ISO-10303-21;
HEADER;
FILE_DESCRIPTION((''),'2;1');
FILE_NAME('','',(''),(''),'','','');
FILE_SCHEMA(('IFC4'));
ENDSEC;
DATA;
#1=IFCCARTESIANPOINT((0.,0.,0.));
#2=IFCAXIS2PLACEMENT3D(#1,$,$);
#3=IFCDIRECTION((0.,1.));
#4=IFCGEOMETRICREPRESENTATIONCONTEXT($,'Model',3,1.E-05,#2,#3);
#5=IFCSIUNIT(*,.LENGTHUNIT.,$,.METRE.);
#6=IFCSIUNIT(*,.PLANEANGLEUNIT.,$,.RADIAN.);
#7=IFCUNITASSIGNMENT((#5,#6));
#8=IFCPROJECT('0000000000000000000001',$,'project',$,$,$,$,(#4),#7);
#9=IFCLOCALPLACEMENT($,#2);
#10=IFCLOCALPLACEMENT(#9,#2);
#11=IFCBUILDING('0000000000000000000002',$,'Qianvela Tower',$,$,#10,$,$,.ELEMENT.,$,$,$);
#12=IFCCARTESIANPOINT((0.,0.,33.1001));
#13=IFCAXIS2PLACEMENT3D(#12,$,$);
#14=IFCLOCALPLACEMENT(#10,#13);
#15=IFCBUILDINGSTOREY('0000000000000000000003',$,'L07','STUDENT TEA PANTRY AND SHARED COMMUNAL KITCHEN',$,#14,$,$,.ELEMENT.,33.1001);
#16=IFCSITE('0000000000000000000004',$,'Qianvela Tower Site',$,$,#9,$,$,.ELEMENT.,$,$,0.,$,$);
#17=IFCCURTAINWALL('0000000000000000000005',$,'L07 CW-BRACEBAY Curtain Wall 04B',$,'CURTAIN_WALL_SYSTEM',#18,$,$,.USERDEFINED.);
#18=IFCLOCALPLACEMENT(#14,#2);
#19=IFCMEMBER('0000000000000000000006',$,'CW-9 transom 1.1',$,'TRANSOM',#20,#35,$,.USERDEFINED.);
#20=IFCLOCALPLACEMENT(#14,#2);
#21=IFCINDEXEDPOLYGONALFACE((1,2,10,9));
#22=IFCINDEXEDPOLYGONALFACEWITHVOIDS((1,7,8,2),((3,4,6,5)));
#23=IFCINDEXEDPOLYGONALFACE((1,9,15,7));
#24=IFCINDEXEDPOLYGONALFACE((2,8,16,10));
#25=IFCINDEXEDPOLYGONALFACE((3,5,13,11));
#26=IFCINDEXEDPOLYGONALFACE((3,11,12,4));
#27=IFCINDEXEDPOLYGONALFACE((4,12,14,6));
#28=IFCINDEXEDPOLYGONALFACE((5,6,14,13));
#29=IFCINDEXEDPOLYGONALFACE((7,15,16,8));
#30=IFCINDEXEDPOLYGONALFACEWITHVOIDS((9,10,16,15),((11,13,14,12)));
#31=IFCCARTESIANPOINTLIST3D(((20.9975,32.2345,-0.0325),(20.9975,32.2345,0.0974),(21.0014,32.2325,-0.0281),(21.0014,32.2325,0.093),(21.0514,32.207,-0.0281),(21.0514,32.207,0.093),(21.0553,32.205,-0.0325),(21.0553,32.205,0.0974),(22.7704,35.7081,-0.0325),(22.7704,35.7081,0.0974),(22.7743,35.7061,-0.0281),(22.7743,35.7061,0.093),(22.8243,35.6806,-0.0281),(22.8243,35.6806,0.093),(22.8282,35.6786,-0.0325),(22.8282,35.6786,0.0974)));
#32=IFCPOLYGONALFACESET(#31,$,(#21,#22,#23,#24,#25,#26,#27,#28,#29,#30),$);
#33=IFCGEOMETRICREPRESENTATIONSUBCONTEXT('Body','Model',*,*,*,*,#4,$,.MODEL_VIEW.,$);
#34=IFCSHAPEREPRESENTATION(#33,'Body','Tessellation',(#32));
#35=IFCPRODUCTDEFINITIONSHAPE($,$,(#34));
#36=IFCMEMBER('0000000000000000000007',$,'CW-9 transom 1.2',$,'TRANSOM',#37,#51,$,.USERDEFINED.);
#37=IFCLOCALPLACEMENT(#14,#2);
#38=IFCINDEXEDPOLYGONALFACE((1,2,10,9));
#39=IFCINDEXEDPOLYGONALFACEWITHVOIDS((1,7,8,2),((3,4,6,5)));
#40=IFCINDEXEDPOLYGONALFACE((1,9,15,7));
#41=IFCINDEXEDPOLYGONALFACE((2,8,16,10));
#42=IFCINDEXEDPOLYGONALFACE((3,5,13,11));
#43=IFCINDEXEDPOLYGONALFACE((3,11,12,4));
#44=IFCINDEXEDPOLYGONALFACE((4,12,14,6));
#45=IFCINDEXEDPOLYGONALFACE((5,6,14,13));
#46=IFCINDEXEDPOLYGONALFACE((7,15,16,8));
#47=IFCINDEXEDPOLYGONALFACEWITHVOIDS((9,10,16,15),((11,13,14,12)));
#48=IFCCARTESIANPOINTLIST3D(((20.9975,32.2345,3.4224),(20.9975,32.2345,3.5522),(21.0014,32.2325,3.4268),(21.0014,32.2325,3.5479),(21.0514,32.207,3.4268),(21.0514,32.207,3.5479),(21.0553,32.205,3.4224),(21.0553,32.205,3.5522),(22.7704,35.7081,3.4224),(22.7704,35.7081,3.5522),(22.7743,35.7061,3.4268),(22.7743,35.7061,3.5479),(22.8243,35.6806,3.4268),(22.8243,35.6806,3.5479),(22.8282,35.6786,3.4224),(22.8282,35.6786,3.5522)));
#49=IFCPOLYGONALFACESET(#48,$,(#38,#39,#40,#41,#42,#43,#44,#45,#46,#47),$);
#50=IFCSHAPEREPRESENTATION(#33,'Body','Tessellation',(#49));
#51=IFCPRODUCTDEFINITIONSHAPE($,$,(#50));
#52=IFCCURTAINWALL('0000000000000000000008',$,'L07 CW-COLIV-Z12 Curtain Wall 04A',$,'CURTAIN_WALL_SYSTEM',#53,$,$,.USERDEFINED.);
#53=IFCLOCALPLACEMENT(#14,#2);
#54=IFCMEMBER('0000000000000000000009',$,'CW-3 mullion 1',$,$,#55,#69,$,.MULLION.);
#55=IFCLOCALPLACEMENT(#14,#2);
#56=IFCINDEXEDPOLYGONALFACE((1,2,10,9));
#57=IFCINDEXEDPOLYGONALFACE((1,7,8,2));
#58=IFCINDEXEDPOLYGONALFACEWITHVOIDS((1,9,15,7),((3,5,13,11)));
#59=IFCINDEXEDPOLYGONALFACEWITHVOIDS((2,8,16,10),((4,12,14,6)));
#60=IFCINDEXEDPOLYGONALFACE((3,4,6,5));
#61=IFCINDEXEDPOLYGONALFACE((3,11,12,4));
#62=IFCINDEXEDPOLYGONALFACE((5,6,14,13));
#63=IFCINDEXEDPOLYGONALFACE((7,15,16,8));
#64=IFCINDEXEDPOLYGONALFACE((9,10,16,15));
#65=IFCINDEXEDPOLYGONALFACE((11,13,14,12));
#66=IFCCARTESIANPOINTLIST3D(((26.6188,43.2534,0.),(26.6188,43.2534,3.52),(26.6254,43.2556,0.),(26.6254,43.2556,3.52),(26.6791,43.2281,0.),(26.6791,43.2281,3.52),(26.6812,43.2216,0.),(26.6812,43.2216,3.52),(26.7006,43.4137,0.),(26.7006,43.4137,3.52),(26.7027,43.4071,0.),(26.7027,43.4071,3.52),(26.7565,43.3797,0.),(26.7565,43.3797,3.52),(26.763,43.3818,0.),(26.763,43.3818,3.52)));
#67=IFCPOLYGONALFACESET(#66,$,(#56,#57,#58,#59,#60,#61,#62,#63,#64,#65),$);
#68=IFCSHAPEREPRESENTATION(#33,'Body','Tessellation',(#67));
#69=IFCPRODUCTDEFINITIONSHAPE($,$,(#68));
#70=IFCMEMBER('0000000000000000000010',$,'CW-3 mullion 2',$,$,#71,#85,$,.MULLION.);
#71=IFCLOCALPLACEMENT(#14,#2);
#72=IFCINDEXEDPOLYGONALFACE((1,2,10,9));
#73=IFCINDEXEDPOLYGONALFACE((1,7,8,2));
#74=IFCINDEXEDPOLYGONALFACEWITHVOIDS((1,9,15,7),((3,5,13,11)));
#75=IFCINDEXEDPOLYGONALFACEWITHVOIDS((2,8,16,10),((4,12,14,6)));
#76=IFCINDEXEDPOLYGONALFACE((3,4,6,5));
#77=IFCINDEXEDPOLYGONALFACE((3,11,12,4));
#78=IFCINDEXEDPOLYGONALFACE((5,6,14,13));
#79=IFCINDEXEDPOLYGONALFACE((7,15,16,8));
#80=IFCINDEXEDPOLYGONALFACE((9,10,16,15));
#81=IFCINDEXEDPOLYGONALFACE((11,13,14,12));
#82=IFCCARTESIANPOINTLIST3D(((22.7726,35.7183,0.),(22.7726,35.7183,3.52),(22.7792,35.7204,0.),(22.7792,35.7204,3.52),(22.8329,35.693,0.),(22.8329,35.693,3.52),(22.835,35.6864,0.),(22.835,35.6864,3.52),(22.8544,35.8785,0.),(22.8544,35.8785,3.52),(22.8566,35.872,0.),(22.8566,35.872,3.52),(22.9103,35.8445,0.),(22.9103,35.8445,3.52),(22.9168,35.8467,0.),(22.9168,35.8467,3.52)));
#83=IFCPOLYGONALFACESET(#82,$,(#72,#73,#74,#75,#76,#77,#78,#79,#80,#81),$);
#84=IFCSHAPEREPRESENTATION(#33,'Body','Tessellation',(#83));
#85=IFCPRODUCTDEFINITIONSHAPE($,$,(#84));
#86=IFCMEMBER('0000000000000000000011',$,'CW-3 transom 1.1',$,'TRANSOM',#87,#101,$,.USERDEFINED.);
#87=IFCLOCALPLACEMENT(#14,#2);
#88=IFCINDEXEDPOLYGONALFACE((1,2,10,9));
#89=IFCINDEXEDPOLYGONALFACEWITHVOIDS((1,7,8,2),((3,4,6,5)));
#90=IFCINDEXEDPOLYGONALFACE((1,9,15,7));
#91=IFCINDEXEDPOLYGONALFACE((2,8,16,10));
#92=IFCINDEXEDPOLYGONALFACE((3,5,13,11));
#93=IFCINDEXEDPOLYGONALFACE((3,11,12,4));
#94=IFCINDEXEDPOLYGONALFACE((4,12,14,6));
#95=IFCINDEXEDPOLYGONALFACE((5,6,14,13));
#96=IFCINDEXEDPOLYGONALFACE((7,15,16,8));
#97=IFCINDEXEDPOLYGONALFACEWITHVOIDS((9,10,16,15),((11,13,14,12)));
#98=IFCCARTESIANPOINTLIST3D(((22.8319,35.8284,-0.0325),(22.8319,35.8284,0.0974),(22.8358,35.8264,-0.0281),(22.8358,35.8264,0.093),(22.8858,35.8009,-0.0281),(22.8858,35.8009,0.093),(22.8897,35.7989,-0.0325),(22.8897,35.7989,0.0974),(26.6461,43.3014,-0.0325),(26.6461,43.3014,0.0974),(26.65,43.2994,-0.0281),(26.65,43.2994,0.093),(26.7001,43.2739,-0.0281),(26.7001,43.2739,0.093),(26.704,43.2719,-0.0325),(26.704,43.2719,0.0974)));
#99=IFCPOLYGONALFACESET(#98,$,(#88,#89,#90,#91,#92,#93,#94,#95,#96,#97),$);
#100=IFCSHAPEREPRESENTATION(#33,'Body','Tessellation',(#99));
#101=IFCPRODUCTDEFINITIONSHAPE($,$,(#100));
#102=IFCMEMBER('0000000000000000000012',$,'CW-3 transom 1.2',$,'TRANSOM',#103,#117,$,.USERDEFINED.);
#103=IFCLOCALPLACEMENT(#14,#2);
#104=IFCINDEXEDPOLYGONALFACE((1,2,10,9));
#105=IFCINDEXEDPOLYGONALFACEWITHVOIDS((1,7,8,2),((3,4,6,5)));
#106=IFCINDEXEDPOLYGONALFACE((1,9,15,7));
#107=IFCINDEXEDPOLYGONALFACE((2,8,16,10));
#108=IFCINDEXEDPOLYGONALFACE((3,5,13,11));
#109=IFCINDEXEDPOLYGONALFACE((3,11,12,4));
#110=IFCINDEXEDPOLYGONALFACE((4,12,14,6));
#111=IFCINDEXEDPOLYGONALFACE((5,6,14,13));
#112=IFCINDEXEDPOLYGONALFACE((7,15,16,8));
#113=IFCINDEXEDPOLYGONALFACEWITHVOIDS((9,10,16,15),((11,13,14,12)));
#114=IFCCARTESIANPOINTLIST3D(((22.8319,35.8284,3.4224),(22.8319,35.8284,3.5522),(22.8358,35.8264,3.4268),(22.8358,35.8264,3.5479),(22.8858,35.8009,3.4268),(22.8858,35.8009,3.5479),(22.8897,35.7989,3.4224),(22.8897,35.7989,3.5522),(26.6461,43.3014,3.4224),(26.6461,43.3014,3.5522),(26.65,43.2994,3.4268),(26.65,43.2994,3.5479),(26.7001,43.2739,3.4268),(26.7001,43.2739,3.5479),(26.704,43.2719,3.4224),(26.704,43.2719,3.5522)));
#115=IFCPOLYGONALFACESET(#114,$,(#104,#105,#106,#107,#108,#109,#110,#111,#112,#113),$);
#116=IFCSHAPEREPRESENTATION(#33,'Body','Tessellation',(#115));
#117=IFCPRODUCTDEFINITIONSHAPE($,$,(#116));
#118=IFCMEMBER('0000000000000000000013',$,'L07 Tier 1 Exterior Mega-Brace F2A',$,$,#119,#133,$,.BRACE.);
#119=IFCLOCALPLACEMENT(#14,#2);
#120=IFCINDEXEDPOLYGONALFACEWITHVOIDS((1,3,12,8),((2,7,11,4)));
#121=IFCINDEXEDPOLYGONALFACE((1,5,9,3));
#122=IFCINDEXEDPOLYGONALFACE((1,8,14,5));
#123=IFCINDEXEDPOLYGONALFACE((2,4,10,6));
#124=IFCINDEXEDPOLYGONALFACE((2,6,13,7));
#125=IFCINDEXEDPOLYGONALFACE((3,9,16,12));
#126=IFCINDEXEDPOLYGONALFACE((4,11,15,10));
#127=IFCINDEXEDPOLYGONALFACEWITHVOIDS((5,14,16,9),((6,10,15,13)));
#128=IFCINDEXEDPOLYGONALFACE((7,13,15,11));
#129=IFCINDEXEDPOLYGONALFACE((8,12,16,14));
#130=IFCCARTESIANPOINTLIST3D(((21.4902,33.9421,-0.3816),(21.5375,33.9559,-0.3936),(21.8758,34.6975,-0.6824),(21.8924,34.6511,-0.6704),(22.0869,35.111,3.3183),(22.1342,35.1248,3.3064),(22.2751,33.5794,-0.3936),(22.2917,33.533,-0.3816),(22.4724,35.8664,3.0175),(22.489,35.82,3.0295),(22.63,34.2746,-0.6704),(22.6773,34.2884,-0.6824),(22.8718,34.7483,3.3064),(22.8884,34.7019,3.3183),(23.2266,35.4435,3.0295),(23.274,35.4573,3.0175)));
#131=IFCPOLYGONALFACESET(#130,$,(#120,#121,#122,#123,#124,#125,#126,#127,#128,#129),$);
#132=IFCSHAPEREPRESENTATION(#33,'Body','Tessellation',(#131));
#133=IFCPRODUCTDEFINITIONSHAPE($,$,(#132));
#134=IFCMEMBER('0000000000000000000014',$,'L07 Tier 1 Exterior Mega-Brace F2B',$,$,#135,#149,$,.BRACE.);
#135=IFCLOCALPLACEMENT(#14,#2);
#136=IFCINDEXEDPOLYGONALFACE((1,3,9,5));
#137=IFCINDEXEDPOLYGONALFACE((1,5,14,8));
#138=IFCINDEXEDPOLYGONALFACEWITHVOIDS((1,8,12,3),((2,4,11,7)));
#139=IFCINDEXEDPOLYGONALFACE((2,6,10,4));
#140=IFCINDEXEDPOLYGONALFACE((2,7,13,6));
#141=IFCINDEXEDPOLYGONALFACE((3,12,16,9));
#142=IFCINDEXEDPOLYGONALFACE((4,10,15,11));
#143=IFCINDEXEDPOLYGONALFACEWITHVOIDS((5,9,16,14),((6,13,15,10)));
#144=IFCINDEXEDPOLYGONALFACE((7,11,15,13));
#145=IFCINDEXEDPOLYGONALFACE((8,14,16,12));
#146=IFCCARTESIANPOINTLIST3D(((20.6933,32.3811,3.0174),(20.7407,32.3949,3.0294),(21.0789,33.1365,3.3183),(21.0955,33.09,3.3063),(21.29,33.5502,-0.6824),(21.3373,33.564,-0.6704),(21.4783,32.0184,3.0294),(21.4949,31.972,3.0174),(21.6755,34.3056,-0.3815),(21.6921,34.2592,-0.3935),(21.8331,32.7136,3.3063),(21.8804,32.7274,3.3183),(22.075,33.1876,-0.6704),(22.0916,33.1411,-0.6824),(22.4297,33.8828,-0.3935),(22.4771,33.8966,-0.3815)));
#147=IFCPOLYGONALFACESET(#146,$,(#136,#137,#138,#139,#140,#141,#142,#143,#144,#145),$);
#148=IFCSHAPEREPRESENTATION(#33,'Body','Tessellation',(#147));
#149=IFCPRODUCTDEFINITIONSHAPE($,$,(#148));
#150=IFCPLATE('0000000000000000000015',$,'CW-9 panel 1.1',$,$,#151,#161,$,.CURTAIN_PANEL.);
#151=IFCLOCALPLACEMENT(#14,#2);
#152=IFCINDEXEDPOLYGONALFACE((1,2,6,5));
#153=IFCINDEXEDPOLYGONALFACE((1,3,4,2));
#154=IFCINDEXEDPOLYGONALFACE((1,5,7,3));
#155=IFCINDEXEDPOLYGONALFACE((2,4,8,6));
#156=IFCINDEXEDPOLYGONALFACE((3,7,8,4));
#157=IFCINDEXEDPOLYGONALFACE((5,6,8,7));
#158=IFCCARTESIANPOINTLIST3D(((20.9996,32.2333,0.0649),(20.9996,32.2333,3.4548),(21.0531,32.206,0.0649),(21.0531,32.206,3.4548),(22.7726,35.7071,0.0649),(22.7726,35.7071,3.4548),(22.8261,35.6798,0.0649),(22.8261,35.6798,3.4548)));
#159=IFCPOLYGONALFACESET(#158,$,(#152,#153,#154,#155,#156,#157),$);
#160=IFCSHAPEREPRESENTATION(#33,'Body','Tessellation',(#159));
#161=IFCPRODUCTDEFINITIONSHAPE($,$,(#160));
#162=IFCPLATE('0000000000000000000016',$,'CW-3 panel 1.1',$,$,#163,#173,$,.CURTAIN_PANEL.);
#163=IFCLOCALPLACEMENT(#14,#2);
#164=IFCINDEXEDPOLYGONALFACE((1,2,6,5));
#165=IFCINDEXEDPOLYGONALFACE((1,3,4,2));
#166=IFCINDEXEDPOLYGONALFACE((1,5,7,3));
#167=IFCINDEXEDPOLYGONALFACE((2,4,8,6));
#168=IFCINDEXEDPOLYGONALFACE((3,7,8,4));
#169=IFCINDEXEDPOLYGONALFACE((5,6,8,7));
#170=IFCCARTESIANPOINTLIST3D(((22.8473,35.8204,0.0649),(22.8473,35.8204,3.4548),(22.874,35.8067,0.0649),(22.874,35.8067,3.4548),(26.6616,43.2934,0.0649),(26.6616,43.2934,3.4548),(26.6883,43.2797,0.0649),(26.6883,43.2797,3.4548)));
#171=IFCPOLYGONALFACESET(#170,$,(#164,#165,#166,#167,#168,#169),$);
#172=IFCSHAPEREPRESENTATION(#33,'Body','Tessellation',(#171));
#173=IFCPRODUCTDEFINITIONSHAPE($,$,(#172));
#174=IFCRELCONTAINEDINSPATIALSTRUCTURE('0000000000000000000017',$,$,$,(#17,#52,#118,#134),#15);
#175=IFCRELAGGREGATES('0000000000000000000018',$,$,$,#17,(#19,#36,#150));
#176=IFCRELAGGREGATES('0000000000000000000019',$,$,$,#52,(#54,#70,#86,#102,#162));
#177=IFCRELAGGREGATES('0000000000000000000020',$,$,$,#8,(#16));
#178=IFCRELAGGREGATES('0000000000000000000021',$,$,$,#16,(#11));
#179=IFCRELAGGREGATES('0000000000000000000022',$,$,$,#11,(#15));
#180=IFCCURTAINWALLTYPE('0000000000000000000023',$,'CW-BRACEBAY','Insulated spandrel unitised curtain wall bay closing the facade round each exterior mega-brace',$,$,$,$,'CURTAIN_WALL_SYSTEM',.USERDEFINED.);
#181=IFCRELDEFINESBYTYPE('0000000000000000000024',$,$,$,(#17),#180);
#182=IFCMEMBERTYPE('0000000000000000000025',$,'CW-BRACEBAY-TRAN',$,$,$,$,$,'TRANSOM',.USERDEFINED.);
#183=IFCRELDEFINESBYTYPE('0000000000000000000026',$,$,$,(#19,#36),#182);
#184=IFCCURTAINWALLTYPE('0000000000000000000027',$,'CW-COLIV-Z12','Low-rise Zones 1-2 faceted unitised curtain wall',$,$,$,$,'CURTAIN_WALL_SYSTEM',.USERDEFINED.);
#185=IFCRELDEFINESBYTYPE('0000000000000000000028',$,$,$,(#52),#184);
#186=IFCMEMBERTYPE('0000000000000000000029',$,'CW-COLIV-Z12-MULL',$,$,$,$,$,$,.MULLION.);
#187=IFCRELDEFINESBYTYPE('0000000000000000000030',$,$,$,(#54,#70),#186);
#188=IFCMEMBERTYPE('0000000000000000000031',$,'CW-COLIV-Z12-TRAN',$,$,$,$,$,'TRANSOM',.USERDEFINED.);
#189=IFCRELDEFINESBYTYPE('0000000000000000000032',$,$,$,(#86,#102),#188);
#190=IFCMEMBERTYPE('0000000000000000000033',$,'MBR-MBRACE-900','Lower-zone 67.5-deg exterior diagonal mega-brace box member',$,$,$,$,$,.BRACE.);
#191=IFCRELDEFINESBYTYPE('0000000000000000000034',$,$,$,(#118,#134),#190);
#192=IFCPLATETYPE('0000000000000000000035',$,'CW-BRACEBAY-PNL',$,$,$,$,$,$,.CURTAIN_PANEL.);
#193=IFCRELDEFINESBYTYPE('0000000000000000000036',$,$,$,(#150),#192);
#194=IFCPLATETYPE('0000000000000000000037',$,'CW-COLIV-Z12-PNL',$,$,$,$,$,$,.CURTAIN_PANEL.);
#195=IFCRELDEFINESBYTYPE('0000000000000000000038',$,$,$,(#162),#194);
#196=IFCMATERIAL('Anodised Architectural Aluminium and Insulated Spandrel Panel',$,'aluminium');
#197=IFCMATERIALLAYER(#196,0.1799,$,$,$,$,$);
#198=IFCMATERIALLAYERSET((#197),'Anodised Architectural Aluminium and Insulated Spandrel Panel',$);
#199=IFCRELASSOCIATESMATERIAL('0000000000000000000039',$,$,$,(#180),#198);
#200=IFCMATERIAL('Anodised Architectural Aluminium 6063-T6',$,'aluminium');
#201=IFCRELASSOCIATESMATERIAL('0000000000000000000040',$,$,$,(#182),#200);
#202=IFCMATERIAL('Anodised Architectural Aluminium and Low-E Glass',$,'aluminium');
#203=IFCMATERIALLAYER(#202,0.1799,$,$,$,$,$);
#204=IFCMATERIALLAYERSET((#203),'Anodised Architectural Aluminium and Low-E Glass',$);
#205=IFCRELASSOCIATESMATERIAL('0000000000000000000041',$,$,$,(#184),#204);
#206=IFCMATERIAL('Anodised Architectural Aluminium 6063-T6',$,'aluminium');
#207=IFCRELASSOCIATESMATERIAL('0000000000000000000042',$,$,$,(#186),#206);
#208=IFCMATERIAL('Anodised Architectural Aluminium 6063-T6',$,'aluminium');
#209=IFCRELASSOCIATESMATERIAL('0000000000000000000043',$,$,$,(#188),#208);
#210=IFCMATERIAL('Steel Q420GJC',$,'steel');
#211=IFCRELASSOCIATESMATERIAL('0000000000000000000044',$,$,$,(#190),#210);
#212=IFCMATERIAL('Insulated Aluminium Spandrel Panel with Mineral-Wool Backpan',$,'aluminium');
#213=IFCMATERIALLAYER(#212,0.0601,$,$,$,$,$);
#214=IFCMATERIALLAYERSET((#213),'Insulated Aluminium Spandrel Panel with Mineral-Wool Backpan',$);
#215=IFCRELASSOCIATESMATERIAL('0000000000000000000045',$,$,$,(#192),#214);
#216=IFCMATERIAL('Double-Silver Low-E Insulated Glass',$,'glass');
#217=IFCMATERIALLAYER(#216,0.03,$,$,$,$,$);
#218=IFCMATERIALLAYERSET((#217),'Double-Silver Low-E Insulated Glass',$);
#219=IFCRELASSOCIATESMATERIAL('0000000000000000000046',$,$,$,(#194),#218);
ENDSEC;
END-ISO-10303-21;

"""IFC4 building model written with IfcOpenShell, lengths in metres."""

from ifc_helpers import new_model, si_unit, direction, frame, origin, origin_2d, place, context, subcontext, project, spatial, rectangle, hollow_rectangle, extrude, material, layer, layer_set, material_profile, profile_set, type_object, element, aggregate, save


model = new_model("IFC4")

# Units and contexts
model_context = context("Model", 3, precision=1e-05, world=origin(), true_north=direction((0.0, 1.0)))
body_context = subcontext(model_context, "Body", "Model", "MODEL_VIEW")
ifc_project = project(units=[si_unit("LENGTHUNIT", "METRE"), si_unit("PLANEANGLEUNIT", "RADIAN")], contexts=[model_context])

# Site, building, storey
site_placement = place(None, origin())
site = spatial("IfcSite", under=ifc_project, at=site_placement, Name="Qianvela Tower Site", CompositionType="ELEMENT", RefElevation=0.0)
building_placement = place(site_placement, origin())
building = spatial("IfcBuilding", under=site, at=building_placement, Name="Qianvela Tower", CompositionType="ELEMENT")
storey_placement = place(building_placement, frame((0.0, 0.0, 33.1001)))
storey = spatial("IfcBuildingStorey", under=building, at=storey_placement, Name="L07", Description="STUDENT TEA PANTRY AND SHARED COMMUNAL KITCHEN", CompositionType="ELEMENT", Elevation=33.1001)

# Curtain walls, members
ifc_material_1 = material(Name="Anodised Architectural Aluminium and Insulated Spandrel Panel", Category="aluminium")
ifc_layer_1 = layer(ifc_material_1, 0.1799)
ifc_layer_set_1 = layer_set([ifc_layer_1], Name="Anodised Architectural Aluminium and Insulated Spandrel Panel")
curtain_wall_type_1 = type_object("IfcCurtainWallType", Name="CW-BRACEBAY", Description="Insulated spandrel unitised curtain wall bay closing the facade round each exterior mega-brace", ElementType="CURTAIN_WALL_SYSTEM", PredefinedType="USERDEFINED", material=ifc_layer_set_1)
curtain_wall_1_placement = place(storey_placement, origin())
curtain_wall_1 = element("IfcCurtainWall", 1, at=curtain_wall_1_placement, inside=storey, type_object=curtain_wall_type_1, Name="L07 CW-BRACEBAY Curtain Wall 04B", ObjectType="CURTAIN_WALL_SYSTEM", PredefinedType="USERDEFINED")
ifc_material_2 = material(Name="Anodised Architectural Aluminium 6063-T6", Category="aluminium")
ifc_material_profile_1 = material_profile(ifc_material_2, hollow_rectangle(XDim=0.0649, YDim=0.1299, WallThickness=0.0044, at=origin_2d()), Name="ALU-TRAN-65x130")
ifc_profile_set_1 = profile_set([ifc_material_profile_1], Name="Anodised Architectural Aluminium 6063-T6")
member_type_1 = type_object("IfcMemberType", Name="CW-BRACEBAY-TRAN", ElementType="TRANSOM", PredefinedType="USERDEFINED", material=ifc_profile_set_1)
member_1_placement = place(storey_placement, frame((22.7993, 35.6934, 0.0325), z_axis=(-0.45461, -0.89069, 0.0), x_axis=(0.89069, -0.45461, 0.0)))
member_1 = element("IfcMember", 2, at=member_1_placement, type_object=member_type_1, Name="CW-9 transom 1.1", ObjectType="TRANSOM", PredefinedType="USERDEFINED", context=body_context, shape_type="SweptSolid", body=[
    extrude(hollow_rectangle(XDim=0.0649, YDim=0.1299, WallThickness=0.0044, at=origin_2d()), origin(), (0.0, 0.0, 1.0), 3.8999),
])
member_2_placement = place(storey_placement, frame((22.7993, 35.6934, 3.4873), z_axis=(-0.45461, -0.89069, 0.0), x_axis=(0.89069, -0.45461, 0.0)))
member_2 = element("IfcMember", 3, at=member_2_placement, type_object=member_type_1, Name="CW-9 transom 1.2", ObjectType="TRANSOM", PredefinedType="USERDEFINED", context=body_context, shape_type="SweptSolid", body=[
    extrude(hollow_rectangle(XDim=0.0649, YDim=0.1299, WallThickness=0.0044, at=origin_2d()), origin(), (0.0, 0.0, 1.0), 3.8999),
])
ifc_material_3 = material(Name="Anodised Architectural Aluminium and Low-E Glass", Category="aluminium")
ifc_layer_2 = layer(ifc_material_3, 0.1799)
ifc_layer_set_2 = layer_set([ifc_layer_2], Name="Anodised Architectural Aluminium and Low-E Glass")
curtain_wall_type_2 = type_object("IfcCurtainWallType", Name="CW-COLIV-Z12", Description="Low-rise Zones 1-2 faceted unitised curtain wall", ElementType="CURTAIN_WALL_SYSTEM", PredefinedType="USERDEFINED", material=ifc_layer_set_2)
curtain_wall_2_placement = place(storey_placement, origin())
curtain_wall_2 = element("IfcCurtainWall", 4, at=curtain_wall_2_placement, inside=storey, type_object=curtain_wall_type_2, Name="L07 CW-COLIV-Z12 Curtain Wall 04A", ObjectType="CURTAIN_WALL_SYSTEM", PredefinedType="USERDEFINED")
ifc_material_4 = material(Name="Anodised Architectural Aluminium 6063-T6", Category="aluminium")
ifc_material_profile_2 = material_profile(ifc_material_4, hollow_rectangle(XDim=0.0701, YDim=0.1799, WallThickness=0.0049, at=origin_2d()), Name="ALU-MULL-70x180")
ifc_profile_set_2 = profile_set([ifc_material_profile_2], Name="Anodised Architectural Aluminium 6063-T6")
member_type_2 = type_object("IfcMemberType", Name="CW-COLIV-Z12-MULL", PredefinedType="MULLION", material=ifc_profile_set_2)
member_3_placement = place(storey_placement, frame((26.6909, 43.3176, 0.0), z_axis=(0.0, 0.0, 1.0), x_axis=(0.890687, -0.454617, 0.0)))
member_3 = element("IfcMember", 5, at=member_3_placement, type_object=member_type_2, Name="CW-3 mullion 1", PredefinedType="MULLION", context=body_context, shape_type="SweptSolid", body=[
    extrude(hollow_rectangle(XDim=0.0701, YDim=0.1799, WallThickness=0.0049, at=origin_2d()), origin(), (0.0, 0.0, 1.0), 3.52),
])
member_4_placement = place(storey_placement, frame((22.8447, 35.7825, 0.0), z_axis=(0.0, 0.0, 1.0), x_axis=(0.890687, -0.454617, 0.0)))
member_4 = element("IfcMember", 6, at=member_4_placement, type_object=member_type_2, Name="CW-3 mullion 2", PredefinedType="MULLION", context=body_context, shape_type="SweptSolid", body=[
    extrude(hollow_rectangle(XDim=0.0701, YDim=0.1799, WallThickness=0.0049, at=origin_2d()), origin(), (0.0, 0.0, 1.0), 3.52),
])
ifc_material_5 = material(Name="Anodised Architectural Aluminium 6063-T6", Category="aluminium")
ifc_material_profile_3 = material_profile(ifc_material_5, hollow_rectangle(XDim=0.0649, YDim=0.1299, WallThickness=0.0044, at=origin_2d()), Name="ALU-TRAN-65x130")
ifc_profile_set_3 = profile_set([ifc_material_profile_3], Name="Anodised Architectural Aluminium 6063-T6")
member_type_3 = type_object("IfcMemberType", Name="CW-COLIV-Z12-TRAN", ElementType="TRANSOM", PredefinedType="USERDEFINED", material=ifc_profile_set_3)
member_5_placement = place(storey_placement, frame((26.675, 43.2866, 0.0325), z_axis=(-0.454613, -0.890689, 0.0), x_axis=(0.890689, -0.454613, 0.0)))
member_5 = element("IfcMember", 7, at=member_5_placement, type_object=member_type_3, Name="CW-3 transom 1.1", ObjectType="TRANSOM", PredefinedType="USERDEFINED", context=body_context, shape_type="SweptSolid", body=[
    extrude(hollow_rectangle(XDim=0.0649, YDim=0.1299, WallThickness=0.0044, at=origin_2d()), origin(), (0.0, 0.0, 1.0), 8.3901),
])
member_6_placement = place(storey_placement, frame((26.675, 43.2866, 3.4873), z_axis=(-0.454613, -0.890689, 0.0), x_axis=(0.890689, -0.454613, 0.0)))
member_6 = element("IfcMember", 8, at=member_6_placement, type_object=member_type_3, Name="CW-3 transom 1.2", ObjectType="TRANSOM", PredefinedType="USERDEFINED", context=body_context, shape_type="SweptSolid", body=[
    extrude(hollow_rectangle(XDim=0.0649, YDim=0.1299, WallThickness=0.0044, at=origin_2d()), origin(), (0.0, 0.0, 1.0), 8.3901),
])

# Members
ifc_material_6 = material(Name="Steel Q420GJC", Category="steel")
ifc_material_profile_4 = material_profile(ifc_material_6, hollow_rectangle(XDim=0.8999, YDim=0.8999, WallThickness=0.0359, at=origin_2d()), Name="MBOX-900x900x36")
ifc_profile_set_4 = profile_set([ifc_material_profile_4], Name="Steel Q420GJC")
member_type_4 = type_object("IfcMemberType", Name="MBR-MBRACE-900", Description="Lower-zone 67.5-deg exterior diagonal mega-brace box member", PredefinedType="BRACE", material=ifc_profile_set_4)
for number, where, z_axis, x_axis, name in (
    (9, (22.0837, 34.1152, -0.532), (0.151988, 0.297758, 0.942465), (-0.890676, 0.454639, 0.0), "L07 Tier 1 Exterior Mega-Brace F2A"),
    (10, (21.8835, 33.7234, -0.532), (-0.151986, -0.297815, 0.942447), (0.890714, -0.454564, 0.0), "L07 Tier 1 Exterior Mega-Brace F2B"),
):
    element("IfcMember", number, at=place(storey_placement, frame(where, z_axis=z_axis, x_axis=x_axis)), inside=storey, type_object=member_type_4, Name=name, PredefinedType="BRACE", context=body_context, shape_type="SweptSolid", body=[
        extrude(hollow_rectangle(XDim=0.8999, YDim=0.8999, WallThickness=0.0359, at=origin_2d()), origin(), (0.0, 0.0, 1.0), 3.9258),
    ])

# Plates
ifc_material_7 = material(Name="Insulated Aluminium Spandrel Panel with Mineral-Wool Backpan", Category="aluminium")
ifc_layer_3 = layer(ifc_material_7, 0.0601)
ifc_layer_set_3 = layer_set([ifc_layer_3], Name="Insulated Aluminium Spandrel Panel with Mineral-Wool Backpan")
plate_type_1 = type_object("IfcPlateType", Name="CW-BRACEBAY-PNL", PredefinedType="CURTAIN_PANEL", material=ifc_layer_set_3)
plate_1_placement = place(storey_placement, frame((21.9128, 33.9565, 0.0649), z_axis=(0.0, 0.0, 1.0), x_axis=(-0.454613, -0.890689, 0.0)))
plate_1 = element("IfcPlate", 11, at=plate_1_placement, type_object=plate_type_1, Name="CW-9 panel 1.1", PredefinedType="CURTAIN_PANEL", context=body_context, shape_type="SweptSolid", body=[
    extrude(rectangle(XDim=3.9001, YDim=0.0601, at=origin_2d()), origin(), (0.0, 0.0, 1.0), 3.3899),
])
aggregate(curtain_wall_1, [member_1, member_2, plate_1])
ifc_material_8 = material(Name="Double-Silver Low-E Insulated Glass", Category="glass")
ifc_layer_4 = layer(ifc_material_8, 0.03)
ifc_layer_set_4 = layer_set([ifc_layer_4], Name="Double-Silver Low-E Insulated Glass")
plate_type_2 = type_object("IfcPlateType", Name="CW-COLIV-Z12-PNL", PredefinedType="CURTAIN_PANEL", material=ifc_layer_set_4)
plate_2_placement = place(storey_placement, frame((24.7678, 39.55, 0.0649), z_axis=(0.0, 0.0, 1.0), x_axis=(-0.454617, -0.890687, 0.0)))
plate_2 = element("IfcPlate", 12, at=plate_2_placement, type_object=plate_type_2, Name="CW-3 panel 1.1", PredefinedType="CURTAIN_PANEL", context=body_context, shape_type="SweptSolid", body=[
    extrude(rectangle(XDim=8.3901, YDim=0.03, at=origin_2d()), origin(), (0.0, 0.0, 1.0), 3.3899),
])
aggregate(curtain_wall_2, [member_3, member_4, member_5, member_6, plate_2])

save(model, "model.ifc")
